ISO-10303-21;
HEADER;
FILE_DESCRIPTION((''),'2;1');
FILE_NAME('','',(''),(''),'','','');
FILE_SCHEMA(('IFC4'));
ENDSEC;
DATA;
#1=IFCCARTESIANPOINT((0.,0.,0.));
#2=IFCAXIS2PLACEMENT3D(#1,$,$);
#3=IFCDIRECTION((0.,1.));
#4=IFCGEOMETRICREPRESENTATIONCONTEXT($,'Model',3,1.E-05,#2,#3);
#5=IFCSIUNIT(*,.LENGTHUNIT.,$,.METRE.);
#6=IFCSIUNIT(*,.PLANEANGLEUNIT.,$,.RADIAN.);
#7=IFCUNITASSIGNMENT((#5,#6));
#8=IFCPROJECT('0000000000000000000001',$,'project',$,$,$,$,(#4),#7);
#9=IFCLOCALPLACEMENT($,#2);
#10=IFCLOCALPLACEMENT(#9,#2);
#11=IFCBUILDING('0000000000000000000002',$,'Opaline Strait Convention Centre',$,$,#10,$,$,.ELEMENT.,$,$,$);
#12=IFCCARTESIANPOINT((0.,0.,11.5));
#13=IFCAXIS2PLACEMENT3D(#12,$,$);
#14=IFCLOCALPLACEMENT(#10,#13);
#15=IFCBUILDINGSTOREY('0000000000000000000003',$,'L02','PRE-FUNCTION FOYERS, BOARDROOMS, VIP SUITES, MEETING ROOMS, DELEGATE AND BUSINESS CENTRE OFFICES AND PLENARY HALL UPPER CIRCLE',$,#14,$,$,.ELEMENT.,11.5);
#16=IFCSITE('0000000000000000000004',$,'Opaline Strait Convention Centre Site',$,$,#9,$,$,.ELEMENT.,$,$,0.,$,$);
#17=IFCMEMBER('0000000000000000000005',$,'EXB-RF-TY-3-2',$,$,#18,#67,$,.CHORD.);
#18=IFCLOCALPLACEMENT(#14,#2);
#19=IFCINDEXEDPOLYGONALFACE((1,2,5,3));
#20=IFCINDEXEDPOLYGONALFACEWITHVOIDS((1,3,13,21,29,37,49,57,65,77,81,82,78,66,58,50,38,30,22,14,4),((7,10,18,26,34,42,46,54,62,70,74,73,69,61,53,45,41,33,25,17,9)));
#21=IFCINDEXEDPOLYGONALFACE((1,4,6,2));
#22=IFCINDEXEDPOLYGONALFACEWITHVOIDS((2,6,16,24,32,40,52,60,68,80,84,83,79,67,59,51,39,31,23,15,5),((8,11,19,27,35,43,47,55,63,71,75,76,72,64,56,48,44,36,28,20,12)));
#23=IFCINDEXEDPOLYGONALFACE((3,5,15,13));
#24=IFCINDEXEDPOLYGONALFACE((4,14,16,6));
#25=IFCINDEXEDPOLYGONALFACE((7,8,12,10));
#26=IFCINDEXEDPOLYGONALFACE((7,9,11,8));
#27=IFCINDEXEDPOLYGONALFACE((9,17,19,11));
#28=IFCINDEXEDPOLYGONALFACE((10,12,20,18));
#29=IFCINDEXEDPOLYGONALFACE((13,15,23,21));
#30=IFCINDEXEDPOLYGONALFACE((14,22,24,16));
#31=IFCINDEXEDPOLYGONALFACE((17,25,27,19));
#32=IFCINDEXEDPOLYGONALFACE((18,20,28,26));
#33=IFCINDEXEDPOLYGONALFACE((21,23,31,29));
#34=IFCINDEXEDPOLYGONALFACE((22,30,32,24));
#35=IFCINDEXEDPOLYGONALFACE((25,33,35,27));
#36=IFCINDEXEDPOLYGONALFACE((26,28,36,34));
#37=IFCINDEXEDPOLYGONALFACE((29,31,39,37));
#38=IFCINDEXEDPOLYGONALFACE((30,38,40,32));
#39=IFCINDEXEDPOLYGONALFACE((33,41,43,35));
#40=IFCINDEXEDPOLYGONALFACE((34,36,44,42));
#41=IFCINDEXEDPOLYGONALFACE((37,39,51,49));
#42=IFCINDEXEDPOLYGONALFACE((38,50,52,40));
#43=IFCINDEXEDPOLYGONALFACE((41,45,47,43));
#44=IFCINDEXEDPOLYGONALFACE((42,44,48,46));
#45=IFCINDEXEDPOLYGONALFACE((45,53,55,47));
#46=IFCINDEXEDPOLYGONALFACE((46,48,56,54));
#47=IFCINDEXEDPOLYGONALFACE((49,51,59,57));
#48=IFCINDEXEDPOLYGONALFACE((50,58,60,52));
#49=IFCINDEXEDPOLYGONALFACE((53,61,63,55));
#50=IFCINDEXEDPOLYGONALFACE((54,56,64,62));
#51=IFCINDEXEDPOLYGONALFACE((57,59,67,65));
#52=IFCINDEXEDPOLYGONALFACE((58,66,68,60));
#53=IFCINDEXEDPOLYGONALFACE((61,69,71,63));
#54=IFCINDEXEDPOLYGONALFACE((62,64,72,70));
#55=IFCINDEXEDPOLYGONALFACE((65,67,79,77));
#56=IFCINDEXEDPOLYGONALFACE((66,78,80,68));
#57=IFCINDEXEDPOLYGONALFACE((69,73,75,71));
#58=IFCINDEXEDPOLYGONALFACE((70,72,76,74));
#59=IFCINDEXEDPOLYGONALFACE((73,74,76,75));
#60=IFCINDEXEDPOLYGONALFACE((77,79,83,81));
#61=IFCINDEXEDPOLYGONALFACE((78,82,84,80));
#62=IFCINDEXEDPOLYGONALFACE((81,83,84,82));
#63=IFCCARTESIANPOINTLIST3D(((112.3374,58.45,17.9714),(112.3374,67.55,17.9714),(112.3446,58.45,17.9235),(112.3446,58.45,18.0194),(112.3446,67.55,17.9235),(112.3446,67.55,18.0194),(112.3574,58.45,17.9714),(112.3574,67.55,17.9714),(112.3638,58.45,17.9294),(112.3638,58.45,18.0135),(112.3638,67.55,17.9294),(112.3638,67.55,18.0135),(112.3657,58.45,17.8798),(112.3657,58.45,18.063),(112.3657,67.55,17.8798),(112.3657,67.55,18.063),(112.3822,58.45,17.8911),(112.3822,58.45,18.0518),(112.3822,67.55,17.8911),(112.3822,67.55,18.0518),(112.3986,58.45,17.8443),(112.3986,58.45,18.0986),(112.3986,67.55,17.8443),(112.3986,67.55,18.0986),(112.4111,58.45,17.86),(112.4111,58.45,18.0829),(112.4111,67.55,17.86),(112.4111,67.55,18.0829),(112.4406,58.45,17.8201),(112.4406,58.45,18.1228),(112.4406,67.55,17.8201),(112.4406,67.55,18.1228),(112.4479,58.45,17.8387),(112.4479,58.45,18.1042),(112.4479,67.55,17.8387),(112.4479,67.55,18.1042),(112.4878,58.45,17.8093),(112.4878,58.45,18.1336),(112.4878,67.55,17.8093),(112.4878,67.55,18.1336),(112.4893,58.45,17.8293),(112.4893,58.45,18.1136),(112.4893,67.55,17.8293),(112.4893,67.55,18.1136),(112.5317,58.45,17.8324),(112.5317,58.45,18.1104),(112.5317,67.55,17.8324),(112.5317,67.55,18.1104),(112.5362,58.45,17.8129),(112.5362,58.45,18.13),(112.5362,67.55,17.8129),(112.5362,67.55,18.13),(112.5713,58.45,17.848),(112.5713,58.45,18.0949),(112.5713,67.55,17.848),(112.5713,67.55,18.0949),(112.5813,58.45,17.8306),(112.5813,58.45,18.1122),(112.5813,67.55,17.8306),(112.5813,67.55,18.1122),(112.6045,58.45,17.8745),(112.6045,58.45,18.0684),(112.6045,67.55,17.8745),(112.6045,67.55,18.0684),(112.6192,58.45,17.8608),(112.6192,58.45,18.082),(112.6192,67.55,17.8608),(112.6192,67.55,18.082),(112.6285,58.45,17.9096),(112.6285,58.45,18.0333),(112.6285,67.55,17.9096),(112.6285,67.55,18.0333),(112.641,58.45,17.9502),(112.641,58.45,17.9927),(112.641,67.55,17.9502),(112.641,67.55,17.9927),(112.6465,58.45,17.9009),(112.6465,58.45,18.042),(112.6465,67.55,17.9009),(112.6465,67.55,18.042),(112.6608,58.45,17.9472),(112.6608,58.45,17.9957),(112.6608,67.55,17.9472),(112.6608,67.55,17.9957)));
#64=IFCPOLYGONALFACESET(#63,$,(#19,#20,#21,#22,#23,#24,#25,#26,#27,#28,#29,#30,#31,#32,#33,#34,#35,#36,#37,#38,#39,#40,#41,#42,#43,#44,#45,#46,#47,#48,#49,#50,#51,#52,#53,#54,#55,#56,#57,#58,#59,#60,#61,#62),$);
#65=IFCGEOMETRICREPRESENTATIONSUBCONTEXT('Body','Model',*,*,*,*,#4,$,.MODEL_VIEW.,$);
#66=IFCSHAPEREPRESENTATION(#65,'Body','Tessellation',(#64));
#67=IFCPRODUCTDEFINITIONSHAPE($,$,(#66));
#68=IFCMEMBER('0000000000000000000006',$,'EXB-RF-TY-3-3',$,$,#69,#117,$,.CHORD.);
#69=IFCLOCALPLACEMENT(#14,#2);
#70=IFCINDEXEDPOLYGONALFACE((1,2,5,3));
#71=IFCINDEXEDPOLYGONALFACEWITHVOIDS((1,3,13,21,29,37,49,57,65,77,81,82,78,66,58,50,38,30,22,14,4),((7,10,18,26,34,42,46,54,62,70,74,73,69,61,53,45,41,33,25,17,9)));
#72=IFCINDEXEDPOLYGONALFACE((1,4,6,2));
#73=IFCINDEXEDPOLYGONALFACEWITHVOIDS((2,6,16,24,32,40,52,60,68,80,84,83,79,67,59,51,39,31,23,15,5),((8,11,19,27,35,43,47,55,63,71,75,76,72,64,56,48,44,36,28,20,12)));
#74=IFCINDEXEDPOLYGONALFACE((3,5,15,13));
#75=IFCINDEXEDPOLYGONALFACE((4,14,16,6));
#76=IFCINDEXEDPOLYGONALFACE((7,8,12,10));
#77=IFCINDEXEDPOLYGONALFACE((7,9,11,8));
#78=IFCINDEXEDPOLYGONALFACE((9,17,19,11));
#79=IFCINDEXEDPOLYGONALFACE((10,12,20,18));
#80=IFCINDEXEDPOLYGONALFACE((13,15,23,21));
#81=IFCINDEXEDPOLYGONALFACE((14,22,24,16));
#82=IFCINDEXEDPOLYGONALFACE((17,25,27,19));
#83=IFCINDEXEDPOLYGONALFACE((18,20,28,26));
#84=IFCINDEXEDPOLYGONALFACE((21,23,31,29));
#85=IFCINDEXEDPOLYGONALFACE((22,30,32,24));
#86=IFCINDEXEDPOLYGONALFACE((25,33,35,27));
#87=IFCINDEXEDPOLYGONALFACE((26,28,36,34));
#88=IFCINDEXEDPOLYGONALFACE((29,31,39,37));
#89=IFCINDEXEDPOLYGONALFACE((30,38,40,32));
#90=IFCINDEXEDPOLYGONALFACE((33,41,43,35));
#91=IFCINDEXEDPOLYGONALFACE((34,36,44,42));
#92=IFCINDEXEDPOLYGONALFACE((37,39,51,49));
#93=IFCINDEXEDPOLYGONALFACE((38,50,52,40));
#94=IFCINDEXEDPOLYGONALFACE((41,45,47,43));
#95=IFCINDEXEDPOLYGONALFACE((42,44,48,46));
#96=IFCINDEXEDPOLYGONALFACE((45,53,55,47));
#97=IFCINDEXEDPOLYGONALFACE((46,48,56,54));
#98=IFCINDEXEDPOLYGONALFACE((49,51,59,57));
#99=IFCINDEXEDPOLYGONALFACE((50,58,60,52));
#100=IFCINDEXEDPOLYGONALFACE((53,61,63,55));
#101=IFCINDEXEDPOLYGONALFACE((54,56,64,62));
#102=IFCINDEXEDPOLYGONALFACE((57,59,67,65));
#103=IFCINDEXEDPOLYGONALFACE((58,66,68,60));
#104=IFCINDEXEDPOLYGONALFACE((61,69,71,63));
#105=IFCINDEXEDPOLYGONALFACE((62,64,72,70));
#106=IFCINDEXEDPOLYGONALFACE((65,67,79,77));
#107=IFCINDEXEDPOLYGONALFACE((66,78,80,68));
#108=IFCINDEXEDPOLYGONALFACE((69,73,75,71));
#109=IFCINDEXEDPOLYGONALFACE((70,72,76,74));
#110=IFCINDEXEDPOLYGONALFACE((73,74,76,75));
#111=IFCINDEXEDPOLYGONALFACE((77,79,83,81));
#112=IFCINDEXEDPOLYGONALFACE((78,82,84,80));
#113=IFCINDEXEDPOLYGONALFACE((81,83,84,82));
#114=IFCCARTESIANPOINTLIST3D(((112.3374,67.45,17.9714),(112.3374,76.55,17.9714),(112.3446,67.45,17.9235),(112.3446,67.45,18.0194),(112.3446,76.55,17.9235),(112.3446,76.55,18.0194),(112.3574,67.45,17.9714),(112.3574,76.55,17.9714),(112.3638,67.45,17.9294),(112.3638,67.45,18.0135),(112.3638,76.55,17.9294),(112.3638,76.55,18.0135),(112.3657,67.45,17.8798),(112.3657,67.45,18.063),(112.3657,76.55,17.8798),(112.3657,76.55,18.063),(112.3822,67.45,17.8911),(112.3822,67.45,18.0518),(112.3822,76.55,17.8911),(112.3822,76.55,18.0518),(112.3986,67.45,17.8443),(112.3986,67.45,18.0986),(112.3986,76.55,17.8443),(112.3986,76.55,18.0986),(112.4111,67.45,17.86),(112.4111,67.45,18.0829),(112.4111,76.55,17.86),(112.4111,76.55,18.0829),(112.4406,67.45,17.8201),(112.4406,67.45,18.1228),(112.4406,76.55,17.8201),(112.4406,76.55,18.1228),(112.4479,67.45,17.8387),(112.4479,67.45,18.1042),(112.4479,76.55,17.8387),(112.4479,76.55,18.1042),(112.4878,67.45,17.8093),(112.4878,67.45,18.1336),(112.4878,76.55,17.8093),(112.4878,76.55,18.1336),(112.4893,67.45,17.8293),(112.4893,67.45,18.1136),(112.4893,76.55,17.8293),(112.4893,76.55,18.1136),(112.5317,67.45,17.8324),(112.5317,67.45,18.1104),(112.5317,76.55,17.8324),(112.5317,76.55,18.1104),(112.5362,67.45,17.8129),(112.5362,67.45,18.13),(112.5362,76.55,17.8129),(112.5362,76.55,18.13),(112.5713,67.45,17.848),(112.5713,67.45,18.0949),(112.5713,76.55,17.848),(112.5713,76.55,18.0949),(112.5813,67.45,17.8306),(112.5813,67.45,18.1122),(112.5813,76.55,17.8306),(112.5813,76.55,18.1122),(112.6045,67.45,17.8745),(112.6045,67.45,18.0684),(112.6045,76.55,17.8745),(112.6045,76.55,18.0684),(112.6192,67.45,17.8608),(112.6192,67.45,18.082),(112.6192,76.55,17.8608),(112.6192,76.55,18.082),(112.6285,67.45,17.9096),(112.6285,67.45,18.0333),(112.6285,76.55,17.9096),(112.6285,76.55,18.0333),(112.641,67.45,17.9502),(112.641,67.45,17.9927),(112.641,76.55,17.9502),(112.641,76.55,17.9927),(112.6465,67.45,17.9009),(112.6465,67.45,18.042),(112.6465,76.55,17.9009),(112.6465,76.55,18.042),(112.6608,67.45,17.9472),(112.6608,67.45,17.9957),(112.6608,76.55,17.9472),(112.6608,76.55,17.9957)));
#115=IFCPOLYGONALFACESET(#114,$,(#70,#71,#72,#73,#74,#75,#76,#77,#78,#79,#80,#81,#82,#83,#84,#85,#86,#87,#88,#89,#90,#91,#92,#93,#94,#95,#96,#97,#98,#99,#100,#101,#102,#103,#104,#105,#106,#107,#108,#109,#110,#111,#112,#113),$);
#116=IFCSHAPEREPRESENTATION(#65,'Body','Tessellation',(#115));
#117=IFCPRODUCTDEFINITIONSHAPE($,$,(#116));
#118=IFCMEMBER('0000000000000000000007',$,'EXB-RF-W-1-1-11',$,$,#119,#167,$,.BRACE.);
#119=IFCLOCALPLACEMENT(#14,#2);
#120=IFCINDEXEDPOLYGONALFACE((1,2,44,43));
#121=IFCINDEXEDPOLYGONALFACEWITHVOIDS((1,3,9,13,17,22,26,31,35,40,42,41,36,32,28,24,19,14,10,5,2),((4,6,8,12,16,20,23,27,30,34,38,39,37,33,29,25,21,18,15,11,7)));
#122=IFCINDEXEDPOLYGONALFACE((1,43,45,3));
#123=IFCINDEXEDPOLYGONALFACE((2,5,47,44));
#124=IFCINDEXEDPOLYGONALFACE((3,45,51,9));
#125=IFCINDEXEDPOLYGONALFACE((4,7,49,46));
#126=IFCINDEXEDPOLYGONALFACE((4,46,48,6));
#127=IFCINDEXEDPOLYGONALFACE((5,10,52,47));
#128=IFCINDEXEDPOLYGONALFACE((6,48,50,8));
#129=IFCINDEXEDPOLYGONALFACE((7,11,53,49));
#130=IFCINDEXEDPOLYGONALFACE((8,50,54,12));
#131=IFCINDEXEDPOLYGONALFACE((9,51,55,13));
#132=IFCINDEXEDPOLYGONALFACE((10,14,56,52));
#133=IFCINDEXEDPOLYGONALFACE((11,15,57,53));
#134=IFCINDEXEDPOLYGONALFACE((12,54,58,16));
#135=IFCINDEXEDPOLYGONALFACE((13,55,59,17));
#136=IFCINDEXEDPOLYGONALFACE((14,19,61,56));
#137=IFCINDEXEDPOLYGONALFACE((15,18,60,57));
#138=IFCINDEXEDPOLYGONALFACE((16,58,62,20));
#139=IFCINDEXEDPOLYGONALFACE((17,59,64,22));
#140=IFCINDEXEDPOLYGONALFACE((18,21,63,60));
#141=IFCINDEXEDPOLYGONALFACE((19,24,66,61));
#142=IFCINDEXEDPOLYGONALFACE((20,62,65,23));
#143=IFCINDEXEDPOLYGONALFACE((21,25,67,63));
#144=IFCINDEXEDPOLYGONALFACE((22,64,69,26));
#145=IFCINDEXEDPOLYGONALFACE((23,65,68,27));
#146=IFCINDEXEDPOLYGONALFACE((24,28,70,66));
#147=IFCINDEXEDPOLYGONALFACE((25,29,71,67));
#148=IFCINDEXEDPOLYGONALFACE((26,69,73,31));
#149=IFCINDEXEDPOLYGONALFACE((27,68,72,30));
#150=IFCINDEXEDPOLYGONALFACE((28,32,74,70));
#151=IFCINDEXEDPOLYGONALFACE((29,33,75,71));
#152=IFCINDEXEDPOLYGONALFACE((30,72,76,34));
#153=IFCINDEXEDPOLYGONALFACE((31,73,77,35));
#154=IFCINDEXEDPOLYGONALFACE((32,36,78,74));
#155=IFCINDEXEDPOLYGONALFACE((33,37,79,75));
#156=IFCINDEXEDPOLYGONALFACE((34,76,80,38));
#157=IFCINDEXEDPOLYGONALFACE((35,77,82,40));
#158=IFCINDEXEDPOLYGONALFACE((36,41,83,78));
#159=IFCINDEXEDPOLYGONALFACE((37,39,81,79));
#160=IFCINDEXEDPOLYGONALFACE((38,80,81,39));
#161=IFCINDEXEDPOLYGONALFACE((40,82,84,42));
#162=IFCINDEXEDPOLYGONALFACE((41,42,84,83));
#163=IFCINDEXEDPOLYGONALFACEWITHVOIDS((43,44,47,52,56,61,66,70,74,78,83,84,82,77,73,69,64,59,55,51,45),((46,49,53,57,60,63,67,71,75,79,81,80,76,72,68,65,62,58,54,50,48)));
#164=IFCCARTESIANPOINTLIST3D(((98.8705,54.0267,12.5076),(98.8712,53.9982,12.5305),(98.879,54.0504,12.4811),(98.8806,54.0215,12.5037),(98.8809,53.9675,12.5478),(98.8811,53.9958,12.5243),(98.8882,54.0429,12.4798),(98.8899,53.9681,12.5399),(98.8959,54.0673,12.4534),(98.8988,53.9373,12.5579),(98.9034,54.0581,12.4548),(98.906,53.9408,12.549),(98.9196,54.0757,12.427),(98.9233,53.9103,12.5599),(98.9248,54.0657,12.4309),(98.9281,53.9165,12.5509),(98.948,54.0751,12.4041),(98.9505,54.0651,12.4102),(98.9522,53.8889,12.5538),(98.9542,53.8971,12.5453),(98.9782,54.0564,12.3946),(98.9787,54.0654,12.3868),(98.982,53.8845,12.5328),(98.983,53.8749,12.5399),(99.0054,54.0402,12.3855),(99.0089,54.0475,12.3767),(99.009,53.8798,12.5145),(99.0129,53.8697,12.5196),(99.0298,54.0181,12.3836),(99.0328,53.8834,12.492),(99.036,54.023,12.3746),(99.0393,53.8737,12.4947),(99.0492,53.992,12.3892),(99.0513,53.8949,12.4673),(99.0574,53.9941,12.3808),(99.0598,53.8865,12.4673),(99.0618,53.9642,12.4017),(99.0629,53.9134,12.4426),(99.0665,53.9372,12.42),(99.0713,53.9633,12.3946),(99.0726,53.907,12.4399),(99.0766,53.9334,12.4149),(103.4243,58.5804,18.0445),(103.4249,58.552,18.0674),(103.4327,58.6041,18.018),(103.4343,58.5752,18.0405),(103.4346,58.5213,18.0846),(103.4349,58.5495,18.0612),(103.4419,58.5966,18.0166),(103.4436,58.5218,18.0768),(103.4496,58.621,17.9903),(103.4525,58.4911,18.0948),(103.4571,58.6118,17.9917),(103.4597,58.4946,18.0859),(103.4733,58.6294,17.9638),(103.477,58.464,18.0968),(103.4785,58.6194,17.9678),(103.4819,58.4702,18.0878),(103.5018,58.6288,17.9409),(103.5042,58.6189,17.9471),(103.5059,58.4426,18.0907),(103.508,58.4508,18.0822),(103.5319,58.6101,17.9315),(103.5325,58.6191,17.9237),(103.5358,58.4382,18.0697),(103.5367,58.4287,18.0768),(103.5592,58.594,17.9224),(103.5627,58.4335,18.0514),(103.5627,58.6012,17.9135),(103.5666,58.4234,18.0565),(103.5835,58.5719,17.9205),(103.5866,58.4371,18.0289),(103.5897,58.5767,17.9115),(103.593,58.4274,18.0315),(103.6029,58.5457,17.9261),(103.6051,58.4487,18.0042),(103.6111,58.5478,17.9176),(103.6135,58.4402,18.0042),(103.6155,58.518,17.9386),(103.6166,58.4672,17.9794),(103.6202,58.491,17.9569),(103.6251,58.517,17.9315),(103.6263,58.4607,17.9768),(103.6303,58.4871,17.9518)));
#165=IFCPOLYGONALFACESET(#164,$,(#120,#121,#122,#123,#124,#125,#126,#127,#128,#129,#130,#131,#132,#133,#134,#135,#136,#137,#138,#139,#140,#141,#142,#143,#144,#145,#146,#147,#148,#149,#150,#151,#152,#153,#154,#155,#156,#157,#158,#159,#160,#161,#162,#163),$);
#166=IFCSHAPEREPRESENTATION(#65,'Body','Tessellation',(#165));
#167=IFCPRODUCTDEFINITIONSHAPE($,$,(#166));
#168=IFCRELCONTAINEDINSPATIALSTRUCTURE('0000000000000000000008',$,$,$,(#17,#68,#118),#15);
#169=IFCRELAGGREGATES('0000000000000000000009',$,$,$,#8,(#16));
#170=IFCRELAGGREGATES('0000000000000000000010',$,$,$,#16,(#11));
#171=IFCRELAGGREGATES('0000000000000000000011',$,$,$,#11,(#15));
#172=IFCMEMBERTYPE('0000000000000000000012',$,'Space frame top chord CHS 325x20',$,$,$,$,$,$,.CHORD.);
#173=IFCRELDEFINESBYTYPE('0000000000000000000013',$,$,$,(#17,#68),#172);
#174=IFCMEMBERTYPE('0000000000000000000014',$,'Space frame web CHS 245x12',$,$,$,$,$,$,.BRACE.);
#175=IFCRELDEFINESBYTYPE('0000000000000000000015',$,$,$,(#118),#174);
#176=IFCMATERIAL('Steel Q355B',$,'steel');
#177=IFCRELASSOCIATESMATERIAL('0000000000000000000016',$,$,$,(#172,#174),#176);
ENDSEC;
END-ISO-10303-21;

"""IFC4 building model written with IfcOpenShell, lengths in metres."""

from ifc_helpers import new_model, si_unit, direction, frame, origin, origin_2d, place, context, subcontext, project, spatial, hollow_circle, extrude, material, material_profile, profile_set, type_object, element, save


model = new_model("IFC4")

# Units and contexts
model_context = context("Model", 3, precision=1e-05, world=origin(), true_north=direction((0.0, 1.0)))
body_context = subcontext(model_context, "Body", "Model", "MODEL_VIEW")
ifc_project = project(units=[si_unit("LENGTHUNIT", "METRE"), si_unit("PLANEANGLEUNIT", "RADIAN")], contexts=[model_context])

# Site, building, storey
site_placement = place(None, origin())
site = spatial("IfcSite", under=ifc_project, at=site_placement, Name="Opaline Strait Convention Centre Site", CompositionType="ELEMENT", RefElevation=0.0)
building_placement = place(site_placement, origin())
building = spatial("IfcBuilding", under=site, at=building_placement, Name="Opaline Strait Convention Centre", CompositionType="ELEMENT")
storey_placement = place(building_placement, frame((0.0, 0.0, 11.5)))
storey = spatial("IfcBuildingStorey", under=building, at=storey_placement, Name="L02", Description="PRE-FUNCTION FOYERS, BOARDROOMS, VIP SUITES, MEETING ROOMS, DELEGATE AND BUSINESS CENTRE OFFICES AND PLENARY HALL UPPER CIRCLE", CompositionType="ELEMENT", Elevation=11.5)

# Members
ifc_material = material(Name="Steel Q355B", Category="steel")
ifc_material_profile_1 = material_profile(ifc_material, hollow_circle(Radius=0.1626, WallThickness=0.02, at=origin_2d()), Name="CHS 325x20")
ifc_profile_set_1 = profile_set([ifc_material_profile_1], Name="Steel Q355B")
member_type_1 = type_object("IfcMemberType", Name="Space frame top chord CHS 325x20", PredefinedType="CHORD", material=ifc_profile_set_1)
for number, where, z_axis, x_axis, name in (
    (1, (112.5, 58.45, 17.9714), (0.0, 1.0, 0.0), (-1.0, 0.0, 0.0), "EXB-RF-TY-3-2"),
    (2, (112.5, 67.45, 17.9714), (0.0, 1.0, 0.0), (-1.0, 0.0, 0.0), "EXB-RF-TY-3-3"),
):
    element("IfcMember", number, at=place(storey_placement, frame(where, z_axis=z_axis, x_axis=x_axis)), inside=storey, type_object=member_type_1, Name=name, PredefinedType="CHORD", context=body_context, shape_type="SweptSolid", body=[
        extrude(hollow_circle(Radius=0.1626, WallThickness=0.02, at=origin_2d()), origin(), (0.0, 0.0, 1.0), 9.1001),
    ])
ifc_material_profile_2 = material_profile(ifc_material, hollow_circle(Radius=0.1226, WallThickness=0.012, at=origin_2d()), Name="CHS 245x12")
ifc_profile_set_2 = profile_set([ifc_material_profile_2], Name="Steel Q355B")
member_type_2 = type_object("IfcMemberType", Name="Space frame web CHS 245x12", PredefinedType="BRACE", material=ifc_profile_set_2)
for number, where, z_axis, x_axis, name in (
    (3, (103.5269, 58.5269, 18.0042), (-0.536178, -0.536178, -0.65194), (0.707107, -0.707107, 0.0), "EXB-RF-W-1-1-11"),
):
    element("IfcMember", number, at=place(storey_placement, frame(where, z_axis=z_axis, x_axis=x_axis)), inside=storey, type_object=member_type_2, Name=name, PredefinedType="BRACE", context=body_context, shape_type="SweptSolid", body=[
        extrude(hollow_circle(Radius=0.1226, WallThickness=0.012, at=origin_2d()), origin(), (0.0, 0.0, 1.0), 8.4929),
    ])

save(model, "model.ifc")
